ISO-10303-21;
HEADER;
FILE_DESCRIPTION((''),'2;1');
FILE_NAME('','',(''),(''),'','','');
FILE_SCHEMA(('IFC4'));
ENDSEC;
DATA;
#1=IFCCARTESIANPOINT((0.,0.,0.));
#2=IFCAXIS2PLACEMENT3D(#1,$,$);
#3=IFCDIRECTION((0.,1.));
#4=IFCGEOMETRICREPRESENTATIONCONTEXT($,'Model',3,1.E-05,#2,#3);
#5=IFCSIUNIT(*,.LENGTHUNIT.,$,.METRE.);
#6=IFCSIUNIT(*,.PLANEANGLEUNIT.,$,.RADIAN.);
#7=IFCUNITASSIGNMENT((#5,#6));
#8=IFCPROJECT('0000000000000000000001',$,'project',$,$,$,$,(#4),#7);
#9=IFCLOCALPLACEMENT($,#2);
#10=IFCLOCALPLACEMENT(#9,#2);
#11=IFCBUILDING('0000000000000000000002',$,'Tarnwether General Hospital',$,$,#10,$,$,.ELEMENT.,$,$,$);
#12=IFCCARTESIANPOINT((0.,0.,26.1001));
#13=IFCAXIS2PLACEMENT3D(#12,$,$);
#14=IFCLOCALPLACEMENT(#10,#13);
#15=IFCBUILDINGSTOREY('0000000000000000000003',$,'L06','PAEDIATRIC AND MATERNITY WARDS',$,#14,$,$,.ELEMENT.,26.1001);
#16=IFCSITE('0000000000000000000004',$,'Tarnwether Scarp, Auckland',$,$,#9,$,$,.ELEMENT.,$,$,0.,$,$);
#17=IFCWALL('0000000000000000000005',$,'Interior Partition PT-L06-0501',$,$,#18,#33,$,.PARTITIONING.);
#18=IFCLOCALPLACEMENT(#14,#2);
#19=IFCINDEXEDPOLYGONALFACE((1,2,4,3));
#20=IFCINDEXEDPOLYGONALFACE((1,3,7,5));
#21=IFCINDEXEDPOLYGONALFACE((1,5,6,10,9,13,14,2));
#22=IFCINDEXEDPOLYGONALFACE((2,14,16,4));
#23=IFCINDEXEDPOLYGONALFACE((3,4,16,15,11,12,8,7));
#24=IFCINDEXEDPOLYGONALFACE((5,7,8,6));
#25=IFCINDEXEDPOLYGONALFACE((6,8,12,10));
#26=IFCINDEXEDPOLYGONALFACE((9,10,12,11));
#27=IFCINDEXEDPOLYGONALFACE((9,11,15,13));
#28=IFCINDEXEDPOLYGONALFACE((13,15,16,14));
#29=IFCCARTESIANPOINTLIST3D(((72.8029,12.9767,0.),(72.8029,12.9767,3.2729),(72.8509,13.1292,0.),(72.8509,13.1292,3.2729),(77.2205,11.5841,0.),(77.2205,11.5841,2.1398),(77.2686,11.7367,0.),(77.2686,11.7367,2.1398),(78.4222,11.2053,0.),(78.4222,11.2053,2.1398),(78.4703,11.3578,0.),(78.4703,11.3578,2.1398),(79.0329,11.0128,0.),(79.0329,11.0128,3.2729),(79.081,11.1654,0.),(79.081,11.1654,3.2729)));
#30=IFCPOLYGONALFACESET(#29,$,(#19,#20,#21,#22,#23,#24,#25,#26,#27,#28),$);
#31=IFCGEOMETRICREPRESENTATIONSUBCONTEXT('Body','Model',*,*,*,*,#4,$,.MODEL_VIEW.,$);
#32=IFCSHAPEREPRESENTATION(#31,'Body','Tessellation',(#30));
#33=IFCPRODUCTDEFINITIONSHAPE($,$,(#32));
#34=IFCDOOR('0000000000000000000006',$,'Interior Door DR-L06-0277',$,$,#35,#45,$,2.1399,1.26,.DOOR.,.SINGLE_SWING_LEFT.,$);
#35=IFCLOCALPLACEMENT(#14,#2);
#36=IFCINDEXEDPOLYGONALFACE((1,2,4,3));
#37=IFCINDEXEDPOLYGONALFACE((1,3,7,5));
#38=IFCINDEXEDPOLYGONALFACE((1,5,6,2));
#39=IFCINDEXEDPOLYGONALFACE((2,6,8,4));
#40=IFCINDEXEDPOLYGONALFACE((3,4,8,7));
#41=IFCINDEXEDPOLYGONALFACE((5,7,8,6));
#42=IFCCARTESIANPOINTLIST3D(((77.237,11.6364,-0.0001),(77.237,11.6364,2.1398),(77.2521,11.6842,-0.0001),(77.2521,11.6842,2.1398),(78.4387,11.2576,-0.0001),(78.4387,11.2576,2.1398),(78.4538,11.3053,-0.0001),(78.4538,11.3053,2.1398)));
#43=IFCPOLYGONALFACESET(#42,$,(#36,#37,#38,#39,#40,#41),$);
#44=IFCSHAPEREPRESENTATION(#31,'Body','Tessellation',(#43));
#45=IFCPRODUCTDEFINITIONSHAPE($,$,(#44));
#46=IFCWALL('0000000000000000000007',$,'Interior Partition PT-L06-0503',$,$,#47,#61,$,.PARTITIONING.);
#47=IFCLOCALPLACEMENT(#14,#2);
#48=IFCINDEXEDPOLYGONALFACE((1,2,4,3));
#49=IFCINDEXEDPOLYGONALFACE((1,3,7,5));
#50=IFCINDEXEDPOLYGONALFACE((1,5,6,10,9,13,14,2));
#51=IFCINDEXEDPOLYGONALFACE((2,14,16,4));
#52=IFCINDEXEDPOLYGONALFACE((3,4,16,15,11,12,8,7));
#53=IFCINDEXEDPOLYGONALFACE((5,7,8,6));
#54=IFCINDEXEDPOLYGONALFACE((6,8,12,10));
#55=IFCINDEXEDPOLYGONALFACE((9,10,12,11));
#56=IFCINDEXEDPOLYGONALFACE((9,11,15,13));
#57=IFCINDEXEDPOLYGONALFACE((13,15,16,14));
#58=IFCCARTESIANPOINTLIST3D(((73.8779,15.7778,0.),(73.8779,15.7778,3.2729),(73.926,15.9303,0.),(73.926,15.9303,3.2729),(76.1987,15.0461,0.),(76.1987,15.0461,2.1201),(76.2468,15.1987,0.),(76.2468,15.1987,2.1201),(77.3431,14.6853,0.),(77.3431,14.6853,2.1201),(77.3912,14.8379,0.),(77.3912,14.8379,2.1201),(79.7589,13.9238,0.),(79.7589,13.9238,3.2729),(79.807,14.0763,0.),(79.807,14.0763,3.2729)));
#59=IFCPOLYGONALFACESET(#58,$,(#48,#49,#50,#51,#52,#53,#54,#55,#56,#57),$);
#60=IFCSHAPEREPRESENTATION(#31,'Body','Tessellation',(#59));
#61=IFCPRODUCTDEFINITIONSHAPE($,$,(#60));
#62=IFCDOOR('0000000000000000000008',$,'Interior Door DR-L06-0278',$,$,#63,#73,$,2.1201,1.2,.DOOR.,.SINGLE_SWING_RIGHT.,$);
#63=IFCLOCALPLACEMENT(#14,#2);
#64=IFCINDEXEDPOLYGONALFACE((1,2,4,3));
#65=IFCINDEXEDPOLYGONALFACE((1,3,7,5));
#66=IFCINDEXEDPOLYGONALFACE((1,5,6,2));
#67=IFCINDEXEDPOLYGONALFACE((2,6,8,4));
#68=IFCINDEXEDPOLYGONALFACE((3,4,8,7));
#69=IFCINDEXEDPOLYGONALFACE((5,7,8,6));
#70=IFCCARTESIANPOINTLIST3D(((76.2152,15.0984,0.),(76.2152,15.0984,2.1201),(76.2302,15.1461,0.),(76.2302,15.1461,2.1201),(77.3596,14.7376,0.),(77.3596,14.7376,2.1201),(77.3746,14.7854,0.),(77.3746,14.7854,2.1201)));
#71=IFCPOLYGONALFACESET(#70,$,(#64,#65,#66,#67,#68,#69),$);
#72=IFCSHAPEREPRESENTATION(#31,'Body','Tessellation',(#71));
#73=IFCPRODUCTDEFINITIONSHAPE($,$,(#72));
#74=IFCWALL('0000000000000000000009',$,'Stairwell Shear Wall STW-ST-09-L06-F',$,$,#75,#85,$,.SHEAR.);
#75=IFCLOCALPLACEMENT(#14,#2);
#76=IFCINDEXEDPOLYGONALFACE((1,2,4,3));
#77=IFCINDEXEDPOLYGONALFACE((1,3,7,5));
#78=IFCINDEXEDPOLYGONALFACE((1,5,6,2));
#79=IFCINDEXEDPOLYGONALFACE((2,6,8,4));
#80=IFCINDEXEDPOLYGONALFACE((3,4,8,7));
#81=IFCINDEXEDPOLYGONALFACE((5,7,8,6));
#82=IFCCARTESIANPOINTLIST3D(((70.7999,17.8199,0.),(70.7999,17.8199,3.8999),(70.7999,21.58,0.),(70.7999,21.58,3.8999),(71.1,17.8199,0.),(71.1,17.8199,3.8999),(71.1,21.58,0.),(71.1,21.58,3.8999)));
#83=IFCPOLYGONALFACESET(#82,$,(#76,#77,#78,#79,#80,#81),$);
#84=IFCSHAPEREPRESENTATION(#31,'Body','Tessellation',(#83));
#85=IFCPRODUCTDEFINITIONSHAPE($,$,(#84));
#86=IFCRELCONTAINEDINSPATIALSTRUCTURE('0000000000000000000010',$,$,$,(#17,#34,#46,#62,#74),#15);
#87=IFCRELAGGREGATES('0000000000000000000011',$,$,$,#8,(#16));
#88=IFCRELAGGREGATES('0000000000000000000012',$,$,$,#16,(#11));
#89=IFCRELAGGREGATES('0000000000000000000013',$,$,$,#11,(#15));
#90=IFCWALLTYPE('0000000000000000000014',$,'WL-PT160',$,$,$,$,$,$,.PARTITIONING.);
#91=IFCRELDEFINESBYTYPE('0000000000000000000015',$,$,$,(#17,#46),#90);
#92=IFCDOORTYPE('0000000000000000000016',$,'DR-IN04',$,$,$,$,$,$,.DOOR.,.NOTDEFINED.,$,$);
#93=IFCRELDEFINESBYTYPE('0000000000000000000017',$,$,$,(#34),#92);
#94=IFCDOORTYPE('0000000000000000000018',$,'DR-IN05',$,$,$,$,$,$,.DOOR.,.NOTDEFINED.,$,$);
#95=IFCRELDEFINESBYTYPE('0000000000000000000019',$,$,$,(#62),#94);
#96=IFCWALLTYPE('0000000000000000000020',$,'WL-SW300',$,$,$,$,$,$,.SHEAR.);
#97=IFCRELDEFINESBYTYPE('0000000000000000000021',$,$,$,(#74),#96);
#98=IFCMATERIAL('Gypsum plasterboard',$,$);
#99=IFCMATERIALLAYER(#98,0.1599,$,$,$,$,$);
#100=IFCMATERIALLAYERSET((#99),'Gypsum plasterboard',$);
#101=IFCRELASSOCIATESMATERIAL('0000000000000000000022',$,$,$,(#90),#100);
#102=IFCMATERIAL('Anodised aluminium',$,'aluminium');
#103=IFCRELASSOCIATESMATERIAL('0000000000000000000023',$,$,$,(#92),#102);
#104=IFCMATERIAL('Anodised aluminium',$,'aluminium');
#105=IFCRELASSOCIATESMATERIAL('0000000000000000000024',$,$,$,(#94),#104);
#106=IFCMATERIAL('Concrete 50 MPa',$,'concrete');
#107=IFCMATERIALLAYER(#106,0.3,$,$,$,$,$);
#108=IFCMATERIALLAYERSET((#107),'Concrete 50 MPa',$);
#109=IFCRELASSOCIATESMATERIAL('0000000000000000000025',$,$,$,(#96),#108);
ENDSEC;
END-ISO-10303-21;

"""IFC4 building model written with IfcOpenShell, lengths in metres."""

from ifc_helpers import new_model, si_unit, direction, frame, frame_2d, origin, place, context, subcontext, project, spatial, rectangle, extrude, material, layer, layer_set, type_object, element, fill, save


model = new_model("IFC4")

# Units and contexts
model_context = context("Model", 3, precision=1e-05, world=origin(), true_north=direction((0.0, 1.0)))
body_context = subcontext(model_context, "Body", "Model", "MODEL_VIEW")
ifc_project = project(units=[si_unit("LENGTHUNIT", "METRE"), si_unit("PLANEANGLEUNIT", "RADIAN")], contexts=[model_context])

# Site, building, storey
site_placement = place(None, origin())
site = spatial("IfcSite", under=ifc_project, at=site_placement, Name="Tarnwether Scarp, Auckland", CompositionType="ELEMENT", RefElevation=0.0)
building_placement = place(site_placement, origin())
building = spatial("IfcBuilding", under=site, at=building_placement, Name="Tarnwether General Hospital", CompositionType="ELEMENT")
storey_placement = place(building_placement, frame((0.0, 0.0, 26.1001)))
storey = spatial("IfcBuildingStorey", under=building, at=storey_placement, Name="L06", Description="PAEDIATRIC AND MATERNITY WARDS", CompositionType="ELEMENT", Elevation=26.1001)

# Walls, openings, doors
ifc_material_1 = material(Name="Gypsum plasterboard")
ifc_layer_1 = layer(ifc_material_1, 0.1599)
ifc_layer_set_1 = layer_set([ifc_layer_1], Name="Gypsum plasterboard")
wall_type_1 = type_object("IfcWallType", Name="WL-PT160", PredefinedType="PARTITIONING", material=ifc_layer_set_1)
wall_1_placement = place(storey_placement, frame((72.8269, 13.053, 0.0), z_axis=(0.0, 0.0, 1.0), x_axis=(0.953736, -0.300645, 0.0)))
wall_1 = element("IfcWall", 1, at=wall_1_placement, inside=storey, type_object=wall_type_1, Name="Interior Partition PT-L06-0501", PredefinedType="PARTITIONING", context=body_context, shape_type="SweptSolid", body=[
    extrude(rectangle(XDim=6.5322, YDim=0.1599, at=frame_2d((3.2661, 0.0))), origin(), (0.0, 0.0, 1.0), 3.2729),
])
opening_1_placement = place(wall_1_placement, frame((4.6321, 0.0, 0.0)))
opening_1 = element("IfcOpeningElement", 2, at=opening_1_placement, cuts=wall_1, PredefinedType="OPENING", context=body_context, shape_type="SweptSolid", body=[
    extrude(rectangle(XDim=1.26, YDim=2.1399, at=frame_2d((0.6299, 1.0698))), frame((0.0, 0.0898, 0.0), z_axis=(0.0, -1.0, 0.0), x_axis=(1.0, 0.0, 0.0)), (0.0, 0.0, 1.0), 0.1799),
])
ifc_material_2 = material(Name="Anodised aluminium", Category="aluminium")
door_type_1 = type_object("IfcDoorType", Name="DR-IN04", OperationType="NOTDEFINED", PredefinedType="DOOR", material=ifc_material_2)
door_1_placement = place(opening_1_placement, origin())
door_1 = element("IfcDoor", 3, at=door_1_placement, inside=storey, type_object=door_type_1, Name="Interior Door DR-L06-0277", OperationType="SINGLE_SWING_LEFT", OverallHeight=2.1399, OverallWidth=1.26, PredefinedType="DOOR", context=body_context, shape_type="SweptSolid", body=[
    extrude(rectangle(XDim=1.26, YDim=2.1399, at=frame_2d((0.6299, 1.0698))), frame((0.0, 0.0249, 0.0), z_axis=(0.0, -1.0, 0.0), x_axis=(1.0, 0.0, 0.0)), (0.0, 0.0, 1.0), 0.05),
])
fill(opening_1, door_1)
wall_2_placement = place(storey_placement, frame((73.9021, 15.854, 0.0), z_axis=(0.0, 0.0, 1.0), x_axis=(0.953727, -0.300673, 0.0)))
wall_2 = element("IfcWall", 4, at=wall_2_placement, inside=storey, type_object=wall_type_1, Name="Interior Partition PT-L06-0503", PredefinedType="PARTITIONING", context=body_context, shape_type="SweptSolid", body=[
    extrude(rectangle(XDim=6.1663, YDim=0.1599, at=frame_2d((3.083, 0.0))), origin(), (0.0, 0.0, 1.0), 3.2729),
])
opening_2_placement = place(wall_2_placement, frame((2.4331, 0.0, 0.0)))
opening_2 = element("IfcOpeningElement", 5, at=opening_2_placement, cuts=wall_2, PredefinedType="OPENING", context=body_context, shape_type="SweptSolid", body=[
    extrude(rectangle(XDim=1.2, YDim=2.1201, at=frame_2d((0.6001, 1.0601))), frame((0.0, 0.0898, 0.0), z_axis=(0.0, -1.0, 0.0), x_axis=(1.0, 0.0, 0.0)), (0.0, 0.0, 1.0), 0.1799),
])
ifc_material_3 = material(Name="Anodised aluminium", Category="aluminium")
door_type_2 = type_object("IfcDoorType", Name="DR-IN05", OperationType="NOTDEFINED", PredefinedType="DOOR", material=ifc_material_3)
door_2_placement = place(opening_2_placement, origin())
door_2 = element("IfcDoor", 6, at=door_2_placement, inside=storey, type_object=door_type_2, Name="Interior Door DR-L06-0278", OperationType="SINGLE_SWING_RIGHT", OverallHeight=2.1201, OverallWidth=1.2, PredefinedType="DOOR", context=body_context, shape_type="SweptSolid", body=[
    extrude(rectangle(XDim=1.2, YDim=2.1201, at=frame_2d((0.6001, 1.0601))), frame((0.0, 0.0249, 0.0), z_axis=(0.0, -1.0, 0.0), x_axis=(1.0, 0.0, 0.0)), (0.0, 0.0, 1.0), 0.05),
])
fill(opening_2, door_2)

# Wall
ifc_material_4 = material(Name="Concrete 50 MPa", Category="concrete")
ifc_layer_2 = layer(ifc_material_4, 0.3)
ifc_layer_set_2 = layer_set([ifc_layer_2], Name="Concrete 50 MPa")
wall_type_2 = type_object("IfcWallType", Name="WL-SW300", PredefinedType="SHEAR", material=ifc_layer_set_2)
wall_3_placement = place(storey_placement, frame((70.95, 17.8201, 0.0), z_axis=(0.0, 0.0, 1.0), x_axis=(0.0, 1.0, 0.0)))
element("IfcWall", 7, at=wall_3_placement, inside=storey, type_object=wall_type_2, Name="Stairwell Shear Wall STW-ST-09-L06-F", PredefinedType="SHEAR", context=body_context, shape_type="SweptSolid", body=[
    extrude(rectangle(XDim=3.76, YDim=0.3, at=frame_2d((1.8799, 0.0))), origin(), (0.0, 0.0, 1.0), 3.8999),
])

save(model, "model.ifc")
